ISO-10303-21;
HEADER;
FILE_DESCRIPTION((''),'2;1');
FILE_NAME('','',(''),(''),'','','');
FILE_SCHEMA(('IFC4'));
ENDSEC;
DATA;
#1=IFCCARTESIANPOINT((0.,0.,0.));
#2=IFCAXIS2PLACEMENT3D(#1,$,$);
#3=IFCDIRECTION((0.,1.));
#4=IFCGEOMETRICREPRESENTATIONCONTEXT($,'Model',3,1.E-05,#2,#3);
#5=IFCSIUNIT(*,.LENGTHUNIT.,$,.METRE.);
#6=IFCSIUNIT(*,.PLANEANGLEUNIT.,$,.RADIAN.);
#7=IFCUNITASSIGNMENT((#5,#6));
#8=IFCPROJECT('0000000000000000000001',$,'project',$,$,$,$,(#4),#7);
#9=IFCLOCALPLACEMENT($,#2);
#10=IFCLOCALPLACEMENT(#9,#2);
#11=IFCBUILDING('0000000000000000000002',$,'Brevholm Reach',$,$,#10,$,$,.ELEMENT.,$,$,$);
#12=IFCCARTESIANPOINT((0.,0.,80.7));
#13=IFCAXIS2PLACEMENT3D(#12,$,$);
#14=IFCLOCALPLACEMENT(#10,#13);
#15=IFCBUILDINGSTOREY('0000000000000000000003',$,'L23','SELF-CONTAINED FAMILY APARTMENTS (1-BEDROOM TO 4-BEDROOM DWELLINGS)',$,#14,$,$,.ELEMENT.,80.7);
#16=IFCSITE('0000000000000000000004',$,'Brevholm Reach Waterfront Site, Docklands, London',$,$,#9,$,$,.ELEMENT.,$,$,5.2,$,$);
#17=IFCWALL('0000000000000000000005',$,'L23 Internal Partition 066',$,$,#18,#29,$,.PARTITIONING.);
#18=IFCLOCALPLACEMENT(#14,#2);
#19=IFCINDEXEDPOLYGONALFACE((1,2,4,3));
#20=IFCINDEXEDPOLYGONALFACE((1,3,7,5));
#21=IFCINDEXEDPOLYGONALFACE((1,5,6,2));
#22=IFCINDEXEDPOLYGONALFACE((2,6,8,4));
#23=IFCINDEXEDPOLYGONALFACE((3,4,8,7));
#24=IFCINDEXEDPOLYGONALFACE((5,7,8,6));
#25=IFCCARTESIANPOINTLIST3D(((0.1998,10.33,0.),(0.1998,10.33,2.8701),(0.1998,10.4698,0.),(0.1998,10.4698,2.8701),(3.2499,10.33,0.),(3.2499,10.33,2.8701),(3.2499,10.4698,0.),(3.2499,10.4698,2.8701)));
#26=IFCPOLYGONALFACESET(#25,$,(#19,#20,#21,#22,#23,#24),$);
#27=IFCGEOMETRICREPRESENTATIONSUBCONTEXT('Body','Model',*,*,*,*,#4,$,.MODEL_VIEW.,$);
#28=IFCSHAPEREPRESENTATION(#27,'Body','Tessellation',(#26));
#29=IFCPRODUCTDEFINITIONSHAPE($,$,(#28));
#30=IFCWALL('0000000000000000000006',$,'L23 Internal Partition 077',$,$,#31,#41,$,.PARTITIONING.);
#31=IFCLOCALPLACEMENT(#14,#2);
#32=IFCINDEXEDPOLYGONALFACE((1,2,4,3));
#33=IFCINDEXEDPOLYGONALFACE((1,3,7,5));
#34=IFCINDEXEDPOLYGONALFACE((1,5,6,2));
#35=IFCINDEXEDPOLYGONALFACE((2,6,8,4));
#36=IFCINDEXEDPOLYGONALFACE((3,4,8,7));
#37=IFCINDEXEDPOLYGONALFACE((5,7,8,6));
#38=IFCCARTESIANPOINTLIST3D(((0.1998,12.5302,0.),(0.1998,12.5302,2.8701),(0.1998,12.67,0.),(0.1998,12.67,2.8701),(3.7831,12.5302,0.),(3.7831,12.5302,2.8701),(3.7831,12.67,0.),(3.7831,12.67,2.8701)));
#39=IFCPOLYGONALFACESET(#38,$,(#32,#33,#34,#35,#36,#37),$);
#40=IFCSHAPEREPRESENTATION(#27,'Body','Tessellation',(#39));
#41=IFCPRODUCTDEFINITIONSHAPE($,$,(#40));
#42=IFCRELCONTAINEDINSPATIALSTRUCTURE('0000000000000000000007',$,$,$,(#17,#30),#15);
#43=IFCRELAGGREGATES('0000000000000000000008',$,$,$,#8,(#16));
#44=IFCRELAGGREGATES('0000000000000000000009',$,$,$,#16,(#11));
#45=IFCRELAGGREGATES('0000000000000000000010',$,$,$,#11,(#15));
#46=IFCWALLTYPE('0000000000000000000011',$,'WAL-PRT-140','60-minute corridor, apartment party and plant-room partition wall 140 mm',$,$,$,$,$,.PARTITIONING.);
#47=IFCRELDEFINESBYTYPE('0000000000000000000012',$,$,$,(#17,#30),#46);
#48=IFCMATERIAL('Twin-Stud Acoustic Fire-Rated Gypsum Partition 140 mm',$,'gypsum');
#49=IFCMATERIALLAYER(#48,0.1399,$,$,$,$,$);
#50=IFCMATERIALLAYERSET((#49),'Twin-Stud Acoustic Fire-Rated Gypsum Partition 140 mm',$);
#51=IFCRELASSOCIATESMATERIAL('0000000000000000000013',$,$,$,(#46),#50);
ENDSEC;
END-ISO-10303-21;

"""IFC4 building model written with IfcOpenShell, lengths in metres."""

from ifc_helpers import new_model, si_unit, direction, frame, frame_2d, origin, place, context, subcontext, project, spatial, rectangle, extrude, material, layer, layer_set, type_object, element, save


model = new_model("IFC4")

# Units and contexts
model_context = context("Model", 3, precision=1e-05, world=origin(), true_north=direction((0.0, 1.0)))
body_context = subcontext(model_context, "Body", "Model", "MODEL_VIEW")
ifc_project = project(units=[si_unit("LENGTHUNIT", "METRE"), si_unit("PLANEANGLEUNIT", "RADIAN")], contexts=[model_context])

# Site, building, storey
site_placement = place(None, origin())
site = spatial("IfcSite", under=ifc_project, at=site_placement, Name="Brevholm Reach Waterfront Site, Docklands, London", CompositionType="ELEMENT", RefElevation=5.2)
building_placement = place(site_placement, origin())
building = spatial("IfcBuilding", under=site, at=building_placement, Name="Brevholm Reach", CompositionType="ELEMENT")
storey_placement = place(building_placement, frame((0.0, 0.0, 80.7)))
storey = spatial("IfcBuildingStorey", under=building, at=storey_placement, Name="L23", Description="SELF-CONTAINED FAMILY APARTMENTS (1-BEDROOM TO 4-BEDROOM DWELLINGS)", CompositionType="ELEMENT", Elevation=80.7)

# Walls
ifc_material_1 = material(Name="Twin-Stud Acoustic Fire-Rated Gypsum Partition 140 mm", Category="gypsum")
ifc_layer_1 = layer(ifc_material_1, 0.1399)
ifc_layer_set_1 = layer_set([ifc_layer_1], Name="Twin-Stud Acoustic Fire-Rated Gypsum Partition 140 mm")
wall_type_1 = type_object("IfcWallType", Name="WAL-PRT-140", Description="60-minute corridor, apartment party and plant-room partition wall 140 mm", PredefinedType="PARTITIONING", material=ifc_layer_set_1)
wall_1_placement = place(storey_placement, frame((0.2, 10.3999, 0.0), z_axis=(0.0, 0.0, 1.0), x_axis=(1.0, 0.0, 0.0)))
element("IfcWall", 1, at=wall_1_placement, inside=storey, type_object=wall_type_1, Name="L23 Internal Partition 066", PredefinedType="PARTITIONING", context=body_context, shape_type="SweptSolid", body=[
    extrude(rectangle(XDim=3.05, YDim=0.1399, at=frame_2d((1.5249, 0.0))), origin(), (0.0, 0.0, 1.0), 2.8701),
])
wall_2_placement = place(storey_placement, frame((0.2, 12.6001, 0.0), z_axis=(0.0, 0.0, 1.0), x_axis=(1.0, 0.0, 0.0)))
element("IfcWall", 2, at=wall_2_placement, inside=storey, type_object=wall_type_1, Name="L23 Internal Partition 077", PredefinedType="PARTITIONING", context=body_context, shape_type="SweptSolid", body=[
    extrude(rectangle(XDim=3.5833, YDim=0.1399, at=frame_2d((1.7915, 0.0))), origin(), (0.0, 0.0, 1.0), 2.8701),
])

save(model, "model.ifc")
